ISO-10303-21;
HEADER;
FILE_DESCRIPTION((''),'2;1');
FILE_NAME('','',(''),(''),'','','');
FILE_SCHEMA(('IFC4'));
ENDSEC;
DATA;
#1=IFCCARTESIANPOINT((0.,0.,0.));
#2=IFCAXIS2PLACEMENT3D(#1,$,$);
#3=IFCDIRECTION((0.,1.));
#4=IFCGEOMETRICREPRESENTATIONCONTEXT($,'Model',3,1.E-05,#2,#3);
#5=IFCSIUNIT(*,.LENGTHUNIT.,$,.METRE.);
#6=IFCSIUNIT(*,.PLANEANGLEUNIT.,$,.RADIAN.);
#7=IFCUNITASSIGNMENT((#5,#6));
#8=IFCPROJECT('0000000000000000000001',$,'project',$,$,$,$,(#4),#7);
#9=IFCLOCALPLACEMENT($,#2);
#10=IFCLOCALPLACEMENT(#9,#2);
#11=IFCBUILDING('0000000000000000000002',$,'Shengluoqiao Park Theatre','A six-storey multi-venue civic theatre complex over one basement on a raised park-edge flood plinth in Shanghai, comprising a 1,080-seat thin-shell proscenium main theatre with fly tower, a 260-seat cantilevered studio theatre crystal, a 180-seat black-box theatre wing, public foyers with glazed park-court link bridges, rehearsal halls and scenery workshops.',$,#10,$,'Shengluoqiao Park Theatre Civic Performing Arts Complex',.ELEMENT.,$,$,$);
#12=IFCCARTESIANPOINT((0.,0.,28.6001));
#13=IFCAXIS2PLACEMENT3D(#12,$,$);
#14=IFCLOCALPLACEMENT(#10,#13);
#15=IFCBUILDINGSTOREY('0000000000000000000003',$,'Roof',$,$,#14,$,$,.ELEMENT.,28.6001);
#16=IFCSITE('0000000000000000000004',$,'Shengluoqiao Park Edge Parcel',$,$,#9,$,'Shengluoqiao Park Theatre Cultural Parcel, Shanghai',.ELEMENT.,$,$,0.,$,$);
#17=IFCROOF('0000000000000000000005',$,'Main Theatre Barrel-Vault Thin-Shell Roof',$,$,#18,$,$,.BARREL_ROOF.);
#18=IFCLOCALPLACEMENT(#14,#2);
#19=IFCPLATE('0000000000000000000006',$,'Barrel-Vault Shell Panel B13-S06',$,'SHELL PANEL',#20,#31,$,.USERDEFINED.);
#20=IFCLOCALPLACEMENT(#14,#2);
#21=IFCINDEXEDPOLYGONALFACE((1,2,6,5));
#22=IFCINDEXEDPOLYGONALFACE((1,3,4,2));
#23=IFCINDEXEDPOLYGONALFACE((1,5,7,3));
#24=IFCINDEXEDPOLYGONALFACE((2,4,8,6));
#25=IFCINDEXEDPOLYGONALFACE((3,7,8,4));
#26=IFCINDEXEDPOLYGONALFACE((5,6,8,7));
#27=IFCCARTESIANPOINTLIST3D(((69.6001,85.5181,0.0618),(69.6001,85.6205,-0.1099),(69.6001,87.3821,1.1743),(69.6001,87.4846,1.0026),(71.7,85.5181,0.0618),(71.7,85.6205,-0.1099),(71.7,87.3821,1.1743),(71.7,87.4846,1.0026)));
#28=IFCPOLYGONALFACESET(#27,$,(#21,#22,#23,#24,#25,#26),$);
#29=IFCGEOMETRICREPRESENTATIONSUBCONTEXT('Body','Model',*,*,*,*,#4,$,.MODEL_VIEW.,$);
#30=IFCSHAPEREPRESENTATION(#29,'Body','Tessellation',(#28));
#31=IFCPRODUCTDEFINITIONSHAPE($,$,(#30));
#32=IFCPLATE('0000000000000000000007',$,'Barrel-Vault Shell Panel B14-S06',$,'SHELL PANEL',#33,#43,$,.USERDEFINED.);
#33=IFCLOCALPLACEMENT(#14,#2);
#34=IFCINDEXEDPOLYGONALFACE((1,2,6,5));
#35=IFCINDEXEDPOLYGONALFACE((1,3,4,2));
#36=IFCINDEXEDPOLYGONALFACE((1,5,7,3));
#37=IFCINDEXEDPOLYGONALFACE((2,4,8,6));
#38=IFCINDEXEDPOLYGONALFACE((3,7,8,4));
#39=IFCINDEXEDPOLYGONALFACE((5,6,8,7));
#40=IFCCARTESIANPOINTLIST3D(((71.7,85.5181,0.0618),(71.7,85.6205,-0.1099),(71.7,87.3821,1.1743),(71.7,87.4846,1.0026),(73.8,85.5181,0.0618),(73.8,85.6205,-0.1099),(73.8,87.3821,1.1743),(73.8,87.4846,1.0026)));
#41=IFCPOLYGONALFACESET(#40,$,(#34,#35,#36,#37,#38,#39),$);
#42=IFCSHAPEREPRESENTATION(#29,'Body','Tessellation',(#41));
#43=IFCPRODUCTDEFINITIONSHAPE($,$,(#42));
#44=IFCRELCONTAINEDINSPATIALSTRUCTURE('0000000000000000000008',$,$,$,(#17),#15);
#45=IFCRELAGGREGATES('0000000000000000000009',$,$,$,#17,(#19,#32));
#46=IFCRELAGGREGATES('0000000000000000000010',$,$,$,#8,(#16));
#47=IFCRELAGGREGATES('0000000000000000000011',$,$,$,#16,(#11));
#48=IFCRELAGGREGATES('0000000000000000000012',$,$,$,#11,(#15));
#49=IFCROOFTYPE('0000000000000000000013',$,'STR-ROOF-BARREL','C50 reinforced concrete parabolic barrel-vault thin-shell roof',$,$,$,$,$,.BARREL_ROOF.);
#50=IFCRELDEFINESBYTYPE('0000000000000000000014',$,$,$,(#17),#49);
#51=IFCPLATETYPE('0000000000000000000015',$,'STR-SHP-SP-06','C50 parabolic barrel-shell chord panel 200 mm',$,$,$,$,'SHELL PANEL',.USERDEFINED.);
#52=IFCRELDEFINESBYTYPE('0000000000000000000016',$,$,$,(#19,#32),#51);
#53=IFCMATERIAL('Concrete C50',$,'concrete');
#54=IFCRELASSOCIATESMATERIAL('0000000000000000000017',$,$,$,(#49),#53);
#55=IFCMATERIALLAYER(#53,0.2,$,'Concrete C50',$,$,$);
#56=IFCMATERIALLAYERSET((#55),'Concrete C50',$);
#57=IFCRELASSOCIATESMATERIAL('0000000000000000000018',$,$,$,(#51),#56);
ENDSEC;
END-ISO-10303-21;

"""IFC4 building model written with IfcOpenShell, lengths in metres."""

from ifc_helpers import new_model, si_unit, direction, frame, origin, place, context, subcontext, project, spatial, polyline, outline, extrude, material, layer, layer_set, type_object, element, aggregate, save


model = new_model("IFC4")

# Units and contexts
model_context = context("Model", 3, precision=1e-05, world=origin(), true_north=direction((0.0, 1.0)))
body_context = subcontext(model_context, "Body", "Model", "MODEL_VIEW")
ifc_project = project(units=[si_unit("LENGTHUNIT", "METRE"), si_unit("PLANEANGLEUNIT", "RADIAN")], contexts=[model_context])

# Site, building, storey
site_placement = place(None, origin())
site = spatial("IfcSite", under=ifc_project, at=site_placement, Name="Shengluoqiao Park Edge Parcel", LongName="Shengluoqiao Park Theatre Cultural Parcel, Shanghai", CompositionType="ELEMENT", RefElevation=0.0)
building_placement = place(site_placement, origin())
building = spatial("IfcBuilding", under=site, at=building_placement, Name="Shengluoqiao Park Theatre", Description="A six-storey multi-venue civic theatre complex over one basement on a raised park-edge flood plinth in Shanghai, comprising a 1,080-seat thin-shell proscenium main theatre with fly tower, a 260-seat cantilevered studio theatre crystal, a 180-seat black-box theatre wing, public foyers with glazed park-court link bridges, rehearsal halls and scenery workshops.", LongName="Shengluoqiao Park Theatre Civic Performing Arts Complex", CompositionType="ELEMENT")
storey_placement = place(building_placement, frame((0.0, 0.0, 28.6001)))
storey = spatial("IfcBuildingStorey", under=building, at=storey_placement, Name="Roof", CompositionType="ELEMENT", Elevation=28.6001)

# Shared definitions
ifc_material_1 = material(Name="Concrete C50", Category="concrete")

# Roof, plates
roof_type = type_object("IfcRoofType", Name="STR-ROOF-BARREL", Description="C50 reinforced concrete parabolic barrel-vault thin-shell roof", PredefinedType="BARREL_ROOF", material=ifc_material_1)
roof_placement = place(storey_placement, origin())
roof = element("IfcRoof", 1, at=roof_placement, inside=storey, type_object=roof_type, Name="Main Theatre Barrel-Vault Thin-Shell Roof", PredefinedType="BARREL_ROOF")
ifc_layer_1 = layer(ifc_material_1, 0.2, Name="Concrete C50")
ifc_layer_set_1 = layer_set([ifc_layer_1], Name="Concrete C50")
plate_type_1 = type_object("IfcPlateType", Name="STR-SHP-SP-06", Description="C50 parabolic barrel-shell chord panel 200 mm", ElementType="SHELL PANEL", PredefinedType="USERDEFINED", material=ifc_layer_set_1)
plate_1_placement = place(storey_placement, frame((69.6001, 85.5181, 0.0618), z_axis=(0.0, -0.51251, 0.858681), x_axis=(1.0, 0.0, 0.0)))
plate_1 = element("IfcPlate", 2, at=plate_1_placement, type_object=plate_type_1, Name="Barrel-Vault Shell Panel B13-S06", ObjectType="SHELL PANEL", PredefinedType="USERDEFINED", context=body_context, shape_type="SweptSolid", body=[
    extrude(outline(polyline([(0.0, 0.0), (2.0999, 0.0), (2.0999, 2.1708), (0.0, 2.1708), (0.0, 0.0)])), origin(), (0.0, 0.0, -1.0), 0.2),
])
plate_2_placement = place(storey_placement, frame((71.7, 85.5181, 0.0618), z_axis=(0.0, -0.51251, 0.858681), x_axis=(1.0, 0.0, 0.0)))
plate_2 = element("IfcPlate", 3, at=plate_2_placement, type_object=plate_type_1, Name="Barrel-Vault Shell Panel B14-S06", ObjectType="SHELL PANEL", PredefinedType="USERDEFINED", context=body_context, shape_type="SweptSolid", body=[
    extrude(outline(polyline([(0.0, 0.0), (2.1001, 0.0), (2.1001, 2.1708), (0.0, 2.1708), (0.0, 0.0)])), origin(), (0.0, 0.0, -1.0), 0.2),
])
aggregate(roof, [plate_1, plate_2])

save(model, "model.ifc")
